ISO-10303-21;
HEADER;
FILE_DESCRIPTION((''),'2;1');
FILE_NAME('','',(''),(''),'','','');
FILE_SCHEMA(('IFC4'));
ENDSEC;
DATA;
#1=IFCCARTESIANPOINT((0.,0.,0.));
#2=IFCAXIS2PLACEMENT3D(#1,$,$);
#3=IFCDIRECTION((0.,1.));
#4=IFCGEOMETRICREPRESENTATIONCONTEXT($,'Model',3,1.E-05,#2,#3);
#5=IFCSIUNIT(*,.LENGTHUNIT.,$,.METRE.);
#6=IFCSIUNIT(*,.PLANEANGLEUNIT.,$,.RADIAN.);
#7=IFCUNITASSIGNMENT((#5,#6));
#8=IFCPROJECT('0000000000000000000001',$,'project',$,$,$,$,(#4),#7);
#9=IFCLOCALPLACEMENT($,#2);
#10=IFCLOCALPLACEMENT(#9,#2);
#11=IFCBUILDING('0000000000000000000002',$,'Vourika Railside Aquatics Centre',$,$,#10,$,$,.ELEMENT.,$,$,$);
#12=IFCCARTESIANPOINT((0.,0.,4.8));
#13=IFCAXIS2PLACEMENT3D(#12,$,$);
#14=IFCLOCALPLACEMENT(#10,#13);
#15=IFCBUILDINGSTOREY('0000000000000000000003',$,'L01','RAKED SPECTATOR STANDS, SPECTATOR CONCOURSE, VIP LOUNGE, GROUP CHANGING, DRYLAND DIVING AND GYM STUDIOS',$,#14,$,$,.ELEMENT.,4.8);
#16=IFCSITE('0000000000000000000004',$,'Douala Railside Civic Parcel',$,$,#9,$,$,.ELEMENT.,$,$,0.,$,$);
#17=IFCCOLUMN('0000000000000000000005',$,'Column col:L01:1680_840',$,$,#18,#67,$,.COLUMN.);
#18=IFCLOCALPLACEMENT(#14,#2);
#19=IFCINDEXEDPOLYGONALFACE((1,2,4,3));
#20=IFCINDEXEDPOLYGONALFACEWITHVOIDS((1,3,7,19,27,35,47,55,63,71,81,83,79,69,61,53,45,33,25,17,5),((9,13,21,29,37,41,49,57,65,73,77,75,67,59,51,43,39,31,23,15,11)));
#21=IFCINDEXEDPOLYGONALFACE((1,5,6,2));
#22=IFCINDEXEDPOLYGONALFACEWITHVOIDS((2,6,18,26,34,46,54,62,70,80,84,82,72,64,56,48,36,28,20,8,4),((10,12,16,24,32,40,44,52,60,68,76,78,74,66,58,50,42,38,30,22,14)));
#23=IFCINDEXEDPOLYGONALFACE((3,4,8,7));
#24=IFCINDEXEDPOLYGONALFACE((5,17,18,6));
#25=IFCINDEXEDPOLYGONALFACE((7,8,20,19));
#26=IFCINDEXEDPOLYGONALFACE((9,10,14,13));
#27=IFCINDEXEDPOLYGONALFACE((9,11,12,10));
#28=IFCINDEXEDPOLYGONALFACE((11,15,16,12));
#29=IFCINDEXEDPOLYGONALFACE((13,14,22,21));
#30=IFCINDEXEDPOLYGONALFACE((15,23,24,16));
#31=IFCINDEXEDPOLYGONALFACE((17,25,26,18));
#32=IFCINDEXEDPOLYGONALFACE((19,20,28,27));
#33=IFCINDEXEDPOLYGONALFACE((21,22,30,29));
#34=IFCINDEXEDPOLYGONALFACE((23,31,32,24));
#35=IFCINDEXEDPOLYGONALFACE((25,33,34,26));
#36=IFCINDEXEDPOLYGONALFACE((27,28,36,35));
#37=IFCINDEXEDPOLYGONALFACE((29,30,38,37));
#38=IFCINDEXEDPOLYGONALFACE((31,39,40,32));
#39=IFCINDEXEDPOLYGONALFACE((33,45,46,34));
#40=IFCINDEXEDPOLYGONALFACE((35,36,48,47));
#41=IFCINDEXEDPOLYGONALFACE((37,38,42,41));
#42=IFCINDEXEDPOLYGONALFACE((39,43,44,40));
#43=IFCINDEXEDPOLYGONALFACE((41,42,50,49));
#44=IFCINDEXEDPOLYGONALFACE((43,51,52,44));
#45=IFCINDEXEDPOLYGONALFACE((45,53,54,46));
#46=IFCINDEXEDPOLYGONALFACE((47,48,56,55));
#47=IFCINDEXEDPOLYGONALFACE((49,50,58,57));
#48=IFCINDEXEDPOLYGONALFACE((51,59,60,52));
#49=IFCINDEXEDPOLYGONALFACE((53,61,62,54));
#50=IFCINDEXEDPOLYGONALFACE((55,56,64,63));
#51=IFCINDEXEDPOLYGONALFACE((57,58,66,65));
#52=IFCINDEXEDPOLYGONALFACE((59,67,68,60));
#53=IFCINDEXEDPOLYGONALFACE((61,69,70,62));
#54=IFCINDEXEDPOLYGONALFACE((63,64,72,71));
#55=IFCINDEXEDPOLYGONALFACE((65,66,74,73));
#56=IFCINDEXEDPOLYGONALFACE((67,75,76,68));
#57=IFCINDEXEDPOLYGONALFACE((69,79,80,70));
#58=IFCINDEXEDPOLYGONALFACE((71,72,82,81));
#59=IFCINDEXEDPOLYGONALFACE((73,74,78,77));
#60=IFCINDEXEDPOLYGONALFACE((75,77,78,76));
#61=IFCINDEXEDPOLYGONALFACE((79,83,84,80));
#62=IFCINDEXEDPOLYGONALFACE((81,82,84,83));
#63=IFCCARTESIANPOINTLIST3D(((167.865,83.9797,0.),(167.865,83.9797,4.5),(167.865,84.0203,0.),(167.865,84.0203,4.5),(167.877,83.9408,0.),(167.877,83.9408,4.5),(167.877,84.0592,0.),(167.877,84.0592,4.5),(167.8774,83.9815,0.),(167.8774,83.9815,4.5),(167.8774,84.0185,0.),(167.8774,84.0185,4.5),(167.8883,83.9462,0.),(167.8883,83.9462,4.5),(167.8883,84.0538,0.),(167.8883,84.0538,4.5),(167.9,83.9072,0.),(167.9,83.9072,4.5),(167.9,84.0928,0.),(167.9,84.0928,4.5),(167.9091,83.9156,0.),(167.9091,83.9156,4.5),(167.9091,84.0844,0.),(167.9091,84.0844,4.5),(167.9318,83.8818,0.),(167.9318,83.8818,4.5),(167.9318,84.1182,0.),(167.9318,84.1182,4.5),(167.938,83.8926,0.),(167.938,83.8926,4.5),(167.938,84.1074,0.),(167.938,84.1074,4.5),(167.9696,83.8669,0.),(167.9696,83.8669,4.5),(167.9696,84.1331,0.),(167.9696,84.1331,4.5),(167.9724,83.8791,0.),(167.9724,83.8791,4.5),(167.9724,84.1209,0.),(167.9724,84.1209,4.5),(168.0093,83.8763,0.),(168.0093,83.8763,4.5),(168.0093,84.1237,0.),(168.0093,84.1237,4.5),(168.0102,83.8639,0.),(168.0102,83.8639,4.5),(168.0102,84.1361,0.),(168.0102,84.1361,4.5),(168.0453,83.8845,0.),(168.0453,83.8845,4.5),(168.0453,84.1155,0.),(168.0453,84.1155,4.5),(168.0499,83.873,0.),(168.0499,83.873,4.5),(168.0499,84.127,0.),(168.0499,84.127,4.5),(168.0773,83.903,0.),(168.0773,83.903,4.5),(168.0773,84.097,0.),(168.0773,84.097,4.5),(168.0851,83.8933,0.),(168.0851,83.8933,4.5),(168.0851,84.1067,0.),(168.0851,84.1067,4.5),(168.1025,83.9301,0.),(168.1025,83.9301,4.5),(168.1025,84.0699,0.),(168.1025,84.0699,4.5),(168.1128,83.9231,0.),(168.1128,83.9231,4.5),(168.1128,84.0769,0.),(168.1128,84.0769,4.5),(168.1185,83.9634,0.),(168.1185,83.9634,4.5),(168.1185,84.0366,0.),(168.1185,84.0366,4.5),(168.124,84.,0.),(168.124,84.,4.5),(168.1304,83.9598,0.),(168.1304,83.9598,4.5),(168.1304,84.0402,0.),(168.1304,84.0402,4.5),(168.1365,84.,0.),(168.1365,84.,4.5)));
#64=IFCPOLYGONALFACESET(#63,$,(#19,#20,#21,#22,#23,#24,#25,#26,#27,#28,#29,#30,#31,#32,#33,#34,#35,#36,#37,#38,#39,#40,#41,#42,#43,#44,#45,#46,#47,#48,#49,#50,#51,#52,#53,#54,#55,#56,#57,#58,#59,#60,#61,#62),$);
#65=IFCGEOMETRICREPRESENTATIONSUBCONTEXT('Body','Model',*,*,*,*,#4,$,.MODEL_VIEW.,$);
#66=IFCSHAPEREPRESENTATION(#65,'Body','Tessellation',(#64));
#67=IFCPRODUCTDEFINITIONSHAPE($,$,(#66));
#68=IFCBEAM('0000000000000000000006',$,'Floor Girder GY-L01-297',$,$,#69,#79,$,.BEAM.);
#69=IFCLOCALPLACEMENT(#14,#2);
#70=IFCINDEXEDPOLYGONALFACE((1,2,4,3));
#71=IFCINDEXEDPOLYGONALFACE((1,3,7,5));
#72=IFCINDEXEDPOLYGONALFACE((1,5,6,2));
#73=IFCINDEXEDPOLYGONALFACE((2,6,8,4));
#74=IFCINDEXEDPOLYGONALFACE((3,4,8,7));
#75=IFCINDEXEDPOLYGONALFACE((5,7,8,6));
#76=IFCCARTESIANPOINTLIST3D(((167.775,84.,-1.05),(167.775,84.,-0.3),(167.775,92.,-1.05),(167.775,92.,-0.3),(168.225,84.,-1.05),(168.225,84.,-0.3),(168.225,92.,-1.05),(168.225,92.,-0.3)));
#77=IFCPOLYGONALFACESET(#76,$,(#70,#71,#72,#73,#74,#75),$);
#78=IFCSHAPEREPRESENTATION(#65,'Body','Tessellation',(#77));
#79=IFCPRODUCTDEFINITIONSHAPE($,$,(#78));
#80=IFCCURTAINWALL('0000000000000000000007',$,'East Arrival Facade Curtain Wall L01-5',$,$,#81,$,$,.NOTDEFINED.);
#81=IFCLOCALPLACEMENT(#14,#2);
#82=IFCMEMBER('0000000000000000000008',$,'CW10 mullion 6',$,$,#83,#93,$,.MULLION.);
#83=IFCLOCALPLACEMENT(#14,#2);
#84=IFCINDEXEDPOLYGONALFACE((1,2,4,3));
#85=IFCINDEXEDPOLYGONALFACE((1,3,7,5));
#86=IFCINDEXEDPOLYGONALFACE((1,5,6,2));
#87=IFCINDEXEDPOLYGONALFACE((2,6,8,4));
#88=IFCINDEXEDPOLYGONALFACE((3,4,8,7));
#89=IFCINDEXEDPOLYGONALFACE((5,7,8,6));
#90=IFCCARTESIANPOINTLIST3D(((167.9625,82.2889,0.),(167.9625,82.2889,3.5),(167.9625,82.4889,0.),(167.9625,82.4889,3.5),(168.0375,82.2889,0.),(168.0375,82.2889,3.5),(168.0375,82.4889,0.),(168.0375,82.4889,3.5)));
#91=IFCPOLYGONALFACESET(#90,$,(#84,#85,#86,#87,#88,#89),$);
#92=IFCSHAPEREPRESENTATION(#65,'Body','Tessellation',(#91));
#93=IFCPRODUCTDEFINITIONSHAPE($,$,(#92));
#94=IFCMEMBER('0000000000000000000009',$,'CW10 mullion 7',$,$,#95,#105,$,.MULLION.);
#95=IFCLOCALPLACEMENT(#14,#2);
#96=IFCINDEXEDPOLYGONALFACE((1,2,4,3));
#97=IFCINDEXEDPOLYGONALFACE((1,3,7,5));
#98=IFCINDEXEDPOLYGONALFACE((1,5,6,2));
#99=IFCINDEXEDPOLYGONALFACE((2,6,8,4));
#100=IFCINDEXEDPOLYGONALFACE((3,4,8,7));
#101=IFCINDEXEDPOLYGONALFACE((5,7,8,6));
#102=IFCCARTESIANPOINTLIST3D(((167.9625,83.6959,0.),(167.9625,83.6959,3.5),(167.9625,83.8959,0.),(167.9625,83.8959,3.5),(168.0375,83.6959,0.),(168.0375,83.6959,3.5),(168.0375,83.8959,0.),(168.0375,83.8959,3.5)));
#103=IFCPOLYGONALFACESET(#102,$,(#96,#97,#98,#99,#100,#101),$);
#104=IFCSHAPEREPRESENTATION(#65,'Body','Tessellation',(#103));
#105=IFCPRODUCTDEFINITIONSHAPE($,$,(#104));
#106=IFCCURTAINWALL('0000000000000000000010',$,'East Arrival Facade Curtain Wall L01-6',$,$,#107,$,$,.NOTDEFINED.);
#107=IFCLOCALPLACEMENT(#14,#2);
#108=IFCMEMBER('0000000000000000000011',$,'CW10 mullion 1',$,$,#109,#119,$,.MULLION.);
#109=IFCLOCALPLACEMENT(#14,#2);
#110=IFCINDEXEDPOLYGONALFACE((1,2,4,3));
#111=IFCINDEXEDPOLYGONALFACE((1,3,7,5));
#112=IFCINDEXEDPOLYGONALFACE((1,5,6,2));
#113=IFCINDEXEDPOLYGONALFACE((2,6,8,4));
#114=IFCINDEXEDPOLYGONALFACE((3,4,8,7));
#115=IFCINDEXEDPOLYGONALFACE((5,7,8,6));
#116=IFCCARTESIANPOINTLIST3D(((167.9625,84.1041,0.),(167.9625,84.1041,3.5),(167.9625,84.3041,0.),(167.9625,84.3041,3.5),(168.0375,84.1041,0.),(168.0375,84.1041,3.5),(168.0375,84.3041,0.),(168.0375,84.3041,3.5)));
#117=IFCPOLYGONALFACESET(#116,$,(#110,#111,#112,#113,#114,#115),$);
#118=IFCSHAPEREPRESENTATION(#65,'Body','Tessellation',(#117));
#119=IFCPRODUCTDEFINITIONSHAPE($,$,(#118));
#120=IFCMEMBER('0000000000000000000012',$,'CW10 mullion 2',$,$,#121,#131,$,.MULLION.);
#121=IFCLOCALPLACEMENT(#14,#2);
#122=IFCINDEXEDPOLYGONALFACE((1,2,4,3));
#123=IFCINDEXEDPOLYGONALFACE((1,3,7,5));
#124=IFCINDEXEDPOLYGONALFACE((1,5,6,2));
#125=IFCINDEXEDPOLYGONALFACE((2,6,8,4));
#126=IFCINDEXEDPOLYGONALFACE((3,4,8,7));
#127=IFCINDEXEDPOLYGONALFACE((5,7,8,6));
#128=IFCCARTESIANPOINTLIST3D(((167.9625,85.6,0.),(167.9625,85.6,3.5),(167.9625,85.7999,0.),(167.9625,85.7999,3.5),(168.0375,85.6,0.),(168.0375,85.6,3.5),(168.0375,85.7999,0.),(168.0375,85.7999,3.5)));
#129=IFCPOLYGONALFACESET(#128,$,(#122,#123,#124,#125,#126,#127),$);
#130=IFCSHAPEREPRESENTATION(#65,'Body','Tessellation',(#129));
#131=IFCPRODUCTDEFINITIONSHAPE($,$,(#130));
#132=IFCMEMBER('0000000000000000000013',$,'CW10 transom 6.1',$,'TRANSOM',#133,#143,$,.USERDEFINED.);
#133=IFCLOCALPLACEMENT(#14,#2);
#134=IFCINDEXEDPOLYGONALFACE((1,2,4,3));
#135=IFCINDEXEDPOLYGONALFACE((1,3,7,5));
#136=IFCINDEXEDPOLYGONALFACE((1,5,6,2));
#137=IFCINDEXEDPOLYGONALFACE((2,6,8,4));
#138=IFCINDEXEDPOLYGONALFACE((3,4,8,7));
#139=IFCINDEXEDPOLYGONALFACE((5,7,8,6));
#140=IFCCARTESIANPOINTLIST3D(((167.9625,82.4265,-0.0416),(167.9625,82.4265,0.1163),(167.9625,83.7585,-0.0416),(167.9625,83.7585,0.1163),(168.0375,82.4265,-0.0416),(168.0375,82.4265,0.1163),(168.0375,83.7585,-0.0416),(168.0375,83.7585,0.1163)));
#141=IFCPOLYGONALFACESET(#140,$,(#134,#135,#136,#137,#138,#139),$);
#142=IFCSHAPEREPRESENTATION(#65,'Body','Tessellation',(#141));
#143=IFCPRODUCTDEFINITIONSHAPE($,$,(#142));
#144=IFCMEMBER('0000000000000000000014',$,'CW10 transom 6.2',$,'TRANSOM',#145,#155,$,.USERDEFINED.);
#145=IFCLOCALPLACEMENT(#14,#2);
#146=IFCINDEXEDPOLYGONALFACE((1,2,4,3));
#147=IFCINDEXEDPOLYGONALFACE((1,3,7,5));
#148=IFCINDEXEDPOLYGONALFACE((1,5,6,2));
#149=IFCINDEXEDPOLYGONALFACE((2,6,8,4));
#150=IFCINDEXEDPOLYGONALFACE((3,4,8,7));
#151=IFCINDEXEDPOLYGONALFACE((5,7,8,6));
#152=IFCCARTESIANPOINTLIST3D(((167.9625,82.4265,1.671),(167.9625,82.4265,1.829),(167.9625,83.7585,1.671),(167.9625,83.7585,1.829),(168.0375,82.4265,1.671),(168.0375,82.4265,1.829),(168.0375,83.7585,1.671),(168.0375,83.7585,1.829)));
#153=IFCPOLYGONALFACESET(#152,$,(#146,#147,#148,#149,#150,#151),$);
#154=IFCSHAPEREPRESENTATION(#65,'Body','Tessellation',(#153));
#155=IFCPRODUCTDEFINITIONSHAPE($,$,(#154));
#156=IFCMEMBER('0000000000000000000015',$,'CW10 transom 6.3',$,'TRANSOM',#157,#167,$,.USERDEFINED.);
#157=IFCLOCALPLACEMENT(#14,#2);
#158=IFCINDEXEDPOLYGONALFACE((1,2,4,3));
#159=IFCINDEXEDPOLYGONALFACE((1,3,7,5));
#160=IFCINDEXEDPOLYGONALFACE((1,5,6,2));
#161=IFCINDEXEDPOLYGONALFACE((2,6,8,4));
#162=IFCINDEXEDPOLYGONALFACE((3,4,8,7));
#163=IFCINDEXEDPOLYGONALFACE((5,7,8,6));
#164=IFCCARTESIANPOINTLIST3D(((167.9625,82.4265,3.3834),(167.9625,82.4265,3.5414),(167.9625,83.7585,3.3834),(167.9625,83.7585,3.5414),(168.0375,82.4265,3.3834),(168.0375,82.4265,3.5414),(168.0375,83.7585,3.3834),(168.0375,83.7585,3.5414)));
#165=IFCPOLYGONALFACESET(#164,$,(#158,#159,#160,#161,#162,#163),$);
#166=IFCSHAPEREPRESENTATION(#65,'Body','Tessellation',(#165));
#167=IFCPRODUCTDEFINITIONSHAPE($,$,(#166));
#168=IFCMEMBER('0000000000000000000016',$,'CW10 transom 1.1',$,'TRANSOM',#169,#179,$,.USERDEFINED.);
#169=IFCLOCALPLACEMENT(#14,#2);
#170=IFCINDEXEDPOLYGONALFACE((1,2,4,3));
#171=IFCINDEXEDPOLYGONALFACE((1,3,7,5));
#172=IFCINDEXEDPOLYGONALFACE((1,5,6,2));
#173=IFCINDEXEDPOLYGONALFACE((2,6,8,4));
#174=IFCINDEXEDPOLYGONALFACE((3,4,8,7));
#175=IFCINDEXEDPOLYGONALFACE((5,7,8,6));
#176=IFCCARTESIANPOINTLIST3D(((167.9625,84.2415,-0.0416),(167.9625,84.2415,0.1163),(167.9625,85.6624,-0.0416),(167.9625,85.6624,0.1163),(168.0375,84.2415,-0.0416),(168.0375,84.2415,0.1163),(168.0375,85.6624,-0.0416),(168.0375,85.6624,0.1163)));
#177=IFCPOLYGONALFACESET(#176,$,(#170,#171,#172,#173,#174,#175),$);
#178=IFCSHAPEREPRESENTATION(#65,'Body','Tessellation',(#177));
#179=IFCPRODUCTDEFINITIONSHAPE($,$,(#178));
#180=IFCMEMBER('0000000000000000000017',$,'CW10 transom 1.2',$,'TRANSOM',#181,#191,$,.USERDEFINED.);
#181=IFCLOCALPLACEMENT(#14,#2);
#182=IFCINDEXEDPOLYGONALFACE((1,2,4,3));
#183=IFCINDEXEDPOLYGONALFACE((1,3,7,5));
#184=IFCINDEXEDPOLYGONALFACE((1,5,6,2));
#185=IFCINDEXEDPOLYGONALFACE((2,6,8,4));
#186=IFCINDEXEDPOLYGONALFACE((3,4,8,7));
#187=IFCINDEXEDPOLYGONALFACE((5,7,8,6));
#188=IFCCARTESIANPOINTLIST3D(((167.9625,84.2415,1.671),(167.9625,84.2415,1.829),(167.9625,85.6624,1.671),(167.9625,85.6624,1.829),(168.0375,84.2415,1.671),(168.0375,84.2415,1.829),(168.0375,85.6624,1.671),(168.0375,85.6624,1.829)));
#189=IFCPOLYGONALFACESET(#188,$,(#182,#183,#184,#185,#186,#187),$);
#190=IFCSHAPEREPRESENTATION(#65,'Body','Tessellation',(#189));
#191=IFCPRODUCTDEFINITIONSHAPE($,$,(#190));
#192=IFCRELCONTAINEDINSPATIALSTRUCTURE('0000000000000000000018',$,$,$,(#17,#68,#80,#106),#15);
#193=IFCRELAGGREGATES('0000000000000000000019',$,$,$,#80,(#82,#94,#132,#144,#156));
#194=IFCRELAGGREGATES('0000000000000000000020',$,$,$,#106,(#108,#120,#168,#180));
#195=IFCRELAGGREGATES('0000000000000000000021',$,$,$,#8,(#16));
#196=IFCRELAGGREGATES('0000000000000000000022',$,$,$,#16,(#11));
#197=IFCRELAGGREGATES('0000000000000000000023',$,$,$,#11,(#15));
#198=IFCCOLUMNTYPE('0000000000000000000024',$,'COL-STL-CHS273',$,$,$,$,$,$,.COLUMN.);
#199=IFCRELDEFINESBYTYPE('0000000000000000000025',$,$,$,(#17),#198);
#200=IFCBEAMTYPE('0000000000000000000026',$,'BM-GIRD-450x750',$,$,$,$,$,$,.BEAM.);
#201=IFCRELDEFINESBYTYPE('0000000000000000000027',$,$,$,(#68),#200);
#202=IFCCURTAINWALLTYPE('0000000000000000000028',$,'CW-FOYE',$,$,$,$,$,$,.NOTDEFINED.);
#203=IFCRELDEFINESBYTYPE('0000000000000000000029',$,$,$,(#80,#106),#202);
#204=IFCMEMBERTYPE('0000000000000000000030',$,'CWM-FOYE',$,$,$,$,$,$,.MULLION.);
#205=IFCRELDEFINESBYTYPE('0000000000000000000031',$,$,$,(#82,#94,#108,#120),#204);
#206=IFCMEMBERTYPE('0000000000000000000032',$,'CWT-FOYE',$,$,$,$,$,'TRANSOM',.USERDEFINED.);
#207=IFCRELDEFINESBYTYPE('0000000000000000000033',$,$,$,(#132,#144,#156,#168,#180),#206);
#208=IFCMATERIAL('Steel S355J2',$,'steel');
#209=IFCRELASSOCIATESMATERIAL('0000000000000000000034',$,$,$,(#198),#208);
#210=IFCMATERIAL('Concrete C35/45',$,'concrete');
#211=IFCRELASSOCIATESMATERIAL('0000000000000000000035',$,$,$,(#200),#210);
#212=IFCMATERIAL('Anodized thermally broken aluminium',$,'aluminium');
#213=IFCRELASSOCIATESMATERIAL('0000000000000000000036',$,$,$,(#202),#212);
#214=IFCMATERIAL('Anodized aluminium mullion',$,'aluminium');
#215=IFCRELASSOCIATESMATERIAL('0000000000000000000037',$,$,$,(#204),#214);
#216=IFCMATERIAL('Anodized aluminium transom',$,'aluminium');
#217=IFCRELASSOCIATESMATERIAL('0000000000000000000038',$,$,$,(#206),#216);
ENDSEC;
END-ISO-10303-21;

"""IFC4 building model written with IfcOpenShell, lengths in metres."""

from ifc_helpers import new_model, si_unit, direction, frame, origin, origin_2d, place, context, subcontext, project, spatial, rectangle, hollow_circle, extrude, material, material_profile, profile_set, type_object, element, aggregate, save


model = new_model("IFC4")

# Units and contexts
model_context = context("Model", 3, precision=1e-05, world=origin(), true_north=direction((0.0, 1.0)))
body_context = subcontext(model_context, "Body", "Model", "MODEL_VIEW")
ifc_project = project(units=[si_unit("LENGTHUNIT", "METRE"), si_unit("PLANEANGLEUNIT", "RADIAN")], contexts=[model_context])

# Site, building, storey
site_placement = place(None, origin())
site = spatial("IfcSite", under=ifc_project, at=site_placement, Name="Douala Railside Civic Parcel", CompositionType="ELEMENT", RefElevation=0.0)
building_placement = place(site_placement, origin())
building = spatial("IfcBuilding", under=site, at=building_placement, Name="Vourika Railside Aquatics Centre", CompositionType="ELEMENT")
storey_placement = place(building_placement, frame((0.0, 0.0, 4.8)))
storey = spatial("IfcBuildingStorey", under=building, at=storey_placement, Name="L01", Description="RAKED SPECTATOR STANDS, SPECTATOR CONCOURSE, VIP LOUNGE, GROUP CHANGING, DRYLAND DIVING AND GYM STUDIOS", CompositionType="ELEMENT", Elevation=4.8)

# Column
ifc_material_1 = material(Name="Steel S355J2", Category="steel")
ifc_material_profile_1 = material_profile(ifc_material_1, hollow_circle(Radius=0.1365, WallThickness=0.0125, at=origin_2d()), Name="CHS 273x12.5")
ifc_profile_set_1 = profile_set([ifc_material_profile_1], Name="Steel S355J2")
column_type = type_object("IfcColumnType", Name="COL-STL-CHS273", PredefinedType="COLUMN", material=ifc_profile_set_1)
column_placement = place(storey_placement, frame((168.0, 84.0, 0.0), z_axis=(0.0, 0.0, 1.0), x_axis=(1.0, 0.0, 0.0)))
element("IfcColumn", 1, at=column_placement, inside=storey, type_object=column_type, Name="Column col:L01:1680_840", PredefinedType="COLUMN", context=body_context, shape_type="SweptSolid", body=[
    extrude(hollow_circle(Radius=0.1365, WallThickness=0.0125, at=origin_2d()), origin(), (0.0, 0.0, 1.0), 4.5),
])

# Beam
ifc_material_2 = material(Name="Concrete C35/45", Category="concrete")
ifc_material_profile_2 = material_profile(ifc_material_2, rectangle(XDim=0.45, YDim=0.75, at=origin_2d()), Name="RC 450x750")
ifc_profile_set_2 = profile_set([ifc_material_profile_2], Name="Concrete C35/45")
beam_type = type_object("IfcBeamType", Name="BM-GIRD-450x750", PredefinedType="BEAM", material=ifc_profile_set_2)
beam_placement = place(storey_placement, frame((168.0, 84.0, -0.675), z_axis=(0.0, 1.0, 0.0), x_axis=(-1.0, 0.0, 0.0)))
element("IfcBeam", 2, at=beam_placement, inside=storey, type_object=beam_type, Name="Floor Girder GY-L01-297", PredefinedType="BEAM", context=body_context, shape_type="SweptSolid", body=[
    extrude(rectangle(XDim=0.45, YDim=0.75, at=origin_2d()), origin(), (0.0, 0.0, 1.0), 8.0),
])

# Curtain walls, members
ifc_material_3 = material(Name="Anodized thermally broken aluminium", Category="aluminium")
curtain_wall_type = type_object("IfcCurtainWallType", Name="CW-FOYE", PredefinedType="NOTDEFINED", material=ifc_material_3)
curtain_wall_1_placement = place(storey_placement, origin())
curtain_wall_1 = element("IfcCurtainWall", 3, at=curtain_wall_1_placement, inside=storey, type_object=curtain_wall_type, Name="East Arrival Facade Curtain Wall L01-5", PredefinedType="NOTDEFINED")
ifc_material_4 = material(Name="Anodized aluminium mullion", Category="aluminium")
ifc_material_profile_3 = material_profile(ifc_material_4, rectangle(XDim=0.075, YDim=0.2, at=origin_2d()), Name="ALU-M 75x200")
ifc_profile_set_3 = profile_set([ifc_material_profile_3], Name="Anodized aluminium mullion")
member_type_1 = type_object("IfcMemberType", Name="CWM-FOYE", PredefinedType="MULLION", material=ifc_profile_set_3)
member_1_placement = place(storey_placement, frame((168.0, 82.3889, 0.0), z_axis=(0.0, 0.0, 1.0), x_axis=(-1.0, 0.0, 0.0)))
member_1 = element("IfcMember", 4, at=member_1_placement, type_object=member_type_1, Name="CW10 mullion 6", PredefinedType="MULLION", context=body_context, shape_type="SweptSolid", body=[
    extrude(rectangle(XDim=0.075, YDim=0.2, at=origin_2d()), origin(), (0.0, 0.0, 1.0), 3.5),
])
member_2_placement = place(storey_placement, frame((168.0, 83.7959, 0.0), z_axis=(0.0, 0.0, 1.0), x_axis=(-1.0, 0.0, 0.0)))
member_2 = element("IfcMember", 5, at=member_2_placement, type_object=member_type_1, Name="CW10 mullion 7", PredefinedType="MULLION", context=body_context, shape_type="SweptSolid", body=[
    extrude(rectangle(XDim=0.075, YDim=0.2, at=origin_2d()), origin(), (0.0, 0.0, 1.0), 3.5),
])
curtain_wall_2_placement = place(storey_placement, origin())
curtain_wall_2 = element("IfcCurtainWall", 6, at=curtain_wall_2_placement, inside=storey, type_object=curtain_wall_type, Name="East Arrival Facade Curtain Wall L01-6", PredefinedType="NOTDEFINED")
member_3_placement = place(storey_placement, frame((168.0, 84.2041, 0.0), z_axis=(0.0, 0.0, 1.0), x_axis=(-1.0, 0.0, 0.0)))
member_3 = element("IfcMember", 7, at=member_3_placement, type_object=member_type_1, Name="CW10 mullion 1", PredefinedType="MULLION", context=body_context, shape_type="SweptSolid", body=[
    extrude(rectangle(XDim=0.075, YDim=0.2, at=origin_2d()), origin(), (0.0, 0.0, 1.0), 3.5),
])
member_4_placement = place(storey_placement, frame((168.0, 85.7, 0.0), z_axis=(0.0, 0.0, 1.0), x_axis=(-1.0, 0.0, 0.0)))
member_4 = element("IfcMember", 8, at=member_4_placement, type_object=member_type_1, Name="CW10 mullion 2", PredefinedType="MULLION", context=body_context, shape_type="SweptSolid", body=[
    extrude(rectangle(XDim=0.075, YDim=0.2, at=origin_2d()), origin(), (0.0, 0.0, 1.0), 3.5),
])

# Members
ifc_material_5 = material(Name="Anodized aluminium transom", Category="aluminium")
ifc_material_profile_4 = material_profile(ifc_material_5, rectangle(XDim=0.075, YDim=0.158, at=origin_2d()), Name="ALU-T 75x158")
ifc_profile_set_4 = profile_set([ifc_material_profile_4], Name="Anodized aluminium transom")
member_type_2 = type_object("IfcMemberType", Name="CWT-FOYE", ElementType="TRANSOM", PredefinedType="USERDEFINED", material=ifc_profile_set_4)
member_5_placement = place(storey_placement, frame((168.0, 82.4265, 0.0374), z_axis=(0.0, 1.0, 0.0), x_axis=(-1.0, 0.0, 0.0)))
member_5 = element("IfcMember", 9, at=member_5_placement, type_object=member_type_2, Name="CW10 transom 6.1", ObjectType="TRANSOM", PredefinedType="USERDEFINED", context=body_context, shape_type="SweptSolid", body=[
    extrude(rectangle(XDim=0.075, YDim=0.158, at=origin_2d()), origin(), (0.0, 0.0, 1.0), 1.332),
])
member_6_placement = place(storey_placement, frame((168.0, 82.4265, 1.75), z_axis=(0.0, 1.0, 0.0), x_axis=(-1.0, 0.0, 0.0)))
member_6 = element("IfcMember", 10, at=member_6_placement, type_object=member_type_2, Name="CW10 transom 6.2", ObjectType="TRANSOM", PredefinedType="USERDEFINED", context=body_context, shape_type="SweptSolid", body=[
    extrude(rectangle(XDim=0.075, YDim=0.158, at=origin_2d()), origin(), (0.0, 0.0, 1.0), 1.332),
])
member_7_placement = place(storey_placement, frame((168.0, 82.4265, 3.4624), z_axis=(0.0, 1.0, 0.0), x_axis=(-1.0, 0.0, 0.0)))
member_7 = element("IfcMember", 11, at=member_7_placement, type_object=member_type_2, Name="CW10 transom 6.3", ObjectType="TRANSOM", PredefinedType="USERDEFINED", context=body_context, shape_type="SweptSolid", body=[
    extrude(rectangle(XDim=0.075, YDim=0.158, at=origin_2d()), origin(), (0.0, 0.0, 1.0), 1.332),
])
member_8_placement = place(storey_placement, frame((168.0, 84.2415, 0.0374), z_axis=(0.0, 1.0, 0.0), x_axis=(-1.0, 0.0, 0.0)))
member_8 = element("IfcMember", 12, at=member_8_placement, type_object=member_type_2, Name="CW10 transom 1.1", ObjectType="TRANSOM", PredefinedType="USERDEFINED", context=body_context, shape_type="SweptSolid", body=[
    extrude(rectangle(XDim=0.075, YDim=0.158, at=origin_2d()), origin(), (0.0, 0.0, 1.0), 1.4209),
])
member_9_placement = place(storey_placement, frame((168.0, 84.2415, 1.75), z_axis=(0.0, 1.0, 0.0), x_axis=(-1.0, 0.0, 0.0)))
member_9 = element("IfcMember", 13, at=member_9_placement, type_object=member_type_2, Name="CW10 transom 1.2", ObjectType="TRANSOM", PredefinedType="USERDEFINED", context=body_context, shape_type="SweptSolid", body=[
    extrude(rectangle(XDim=0.075, YDim=0.158, at=origin_2d()), origin(), (0.0, 0.0, 1.0), 1.4209),
])

aggregate(curtain_wall_1, [member_1, member_2, member_5, member_6, member_7])
aggregate(curtain_wall_2, [member_3, member_4, member_8, member_9])

save(model, "model.ifc")
